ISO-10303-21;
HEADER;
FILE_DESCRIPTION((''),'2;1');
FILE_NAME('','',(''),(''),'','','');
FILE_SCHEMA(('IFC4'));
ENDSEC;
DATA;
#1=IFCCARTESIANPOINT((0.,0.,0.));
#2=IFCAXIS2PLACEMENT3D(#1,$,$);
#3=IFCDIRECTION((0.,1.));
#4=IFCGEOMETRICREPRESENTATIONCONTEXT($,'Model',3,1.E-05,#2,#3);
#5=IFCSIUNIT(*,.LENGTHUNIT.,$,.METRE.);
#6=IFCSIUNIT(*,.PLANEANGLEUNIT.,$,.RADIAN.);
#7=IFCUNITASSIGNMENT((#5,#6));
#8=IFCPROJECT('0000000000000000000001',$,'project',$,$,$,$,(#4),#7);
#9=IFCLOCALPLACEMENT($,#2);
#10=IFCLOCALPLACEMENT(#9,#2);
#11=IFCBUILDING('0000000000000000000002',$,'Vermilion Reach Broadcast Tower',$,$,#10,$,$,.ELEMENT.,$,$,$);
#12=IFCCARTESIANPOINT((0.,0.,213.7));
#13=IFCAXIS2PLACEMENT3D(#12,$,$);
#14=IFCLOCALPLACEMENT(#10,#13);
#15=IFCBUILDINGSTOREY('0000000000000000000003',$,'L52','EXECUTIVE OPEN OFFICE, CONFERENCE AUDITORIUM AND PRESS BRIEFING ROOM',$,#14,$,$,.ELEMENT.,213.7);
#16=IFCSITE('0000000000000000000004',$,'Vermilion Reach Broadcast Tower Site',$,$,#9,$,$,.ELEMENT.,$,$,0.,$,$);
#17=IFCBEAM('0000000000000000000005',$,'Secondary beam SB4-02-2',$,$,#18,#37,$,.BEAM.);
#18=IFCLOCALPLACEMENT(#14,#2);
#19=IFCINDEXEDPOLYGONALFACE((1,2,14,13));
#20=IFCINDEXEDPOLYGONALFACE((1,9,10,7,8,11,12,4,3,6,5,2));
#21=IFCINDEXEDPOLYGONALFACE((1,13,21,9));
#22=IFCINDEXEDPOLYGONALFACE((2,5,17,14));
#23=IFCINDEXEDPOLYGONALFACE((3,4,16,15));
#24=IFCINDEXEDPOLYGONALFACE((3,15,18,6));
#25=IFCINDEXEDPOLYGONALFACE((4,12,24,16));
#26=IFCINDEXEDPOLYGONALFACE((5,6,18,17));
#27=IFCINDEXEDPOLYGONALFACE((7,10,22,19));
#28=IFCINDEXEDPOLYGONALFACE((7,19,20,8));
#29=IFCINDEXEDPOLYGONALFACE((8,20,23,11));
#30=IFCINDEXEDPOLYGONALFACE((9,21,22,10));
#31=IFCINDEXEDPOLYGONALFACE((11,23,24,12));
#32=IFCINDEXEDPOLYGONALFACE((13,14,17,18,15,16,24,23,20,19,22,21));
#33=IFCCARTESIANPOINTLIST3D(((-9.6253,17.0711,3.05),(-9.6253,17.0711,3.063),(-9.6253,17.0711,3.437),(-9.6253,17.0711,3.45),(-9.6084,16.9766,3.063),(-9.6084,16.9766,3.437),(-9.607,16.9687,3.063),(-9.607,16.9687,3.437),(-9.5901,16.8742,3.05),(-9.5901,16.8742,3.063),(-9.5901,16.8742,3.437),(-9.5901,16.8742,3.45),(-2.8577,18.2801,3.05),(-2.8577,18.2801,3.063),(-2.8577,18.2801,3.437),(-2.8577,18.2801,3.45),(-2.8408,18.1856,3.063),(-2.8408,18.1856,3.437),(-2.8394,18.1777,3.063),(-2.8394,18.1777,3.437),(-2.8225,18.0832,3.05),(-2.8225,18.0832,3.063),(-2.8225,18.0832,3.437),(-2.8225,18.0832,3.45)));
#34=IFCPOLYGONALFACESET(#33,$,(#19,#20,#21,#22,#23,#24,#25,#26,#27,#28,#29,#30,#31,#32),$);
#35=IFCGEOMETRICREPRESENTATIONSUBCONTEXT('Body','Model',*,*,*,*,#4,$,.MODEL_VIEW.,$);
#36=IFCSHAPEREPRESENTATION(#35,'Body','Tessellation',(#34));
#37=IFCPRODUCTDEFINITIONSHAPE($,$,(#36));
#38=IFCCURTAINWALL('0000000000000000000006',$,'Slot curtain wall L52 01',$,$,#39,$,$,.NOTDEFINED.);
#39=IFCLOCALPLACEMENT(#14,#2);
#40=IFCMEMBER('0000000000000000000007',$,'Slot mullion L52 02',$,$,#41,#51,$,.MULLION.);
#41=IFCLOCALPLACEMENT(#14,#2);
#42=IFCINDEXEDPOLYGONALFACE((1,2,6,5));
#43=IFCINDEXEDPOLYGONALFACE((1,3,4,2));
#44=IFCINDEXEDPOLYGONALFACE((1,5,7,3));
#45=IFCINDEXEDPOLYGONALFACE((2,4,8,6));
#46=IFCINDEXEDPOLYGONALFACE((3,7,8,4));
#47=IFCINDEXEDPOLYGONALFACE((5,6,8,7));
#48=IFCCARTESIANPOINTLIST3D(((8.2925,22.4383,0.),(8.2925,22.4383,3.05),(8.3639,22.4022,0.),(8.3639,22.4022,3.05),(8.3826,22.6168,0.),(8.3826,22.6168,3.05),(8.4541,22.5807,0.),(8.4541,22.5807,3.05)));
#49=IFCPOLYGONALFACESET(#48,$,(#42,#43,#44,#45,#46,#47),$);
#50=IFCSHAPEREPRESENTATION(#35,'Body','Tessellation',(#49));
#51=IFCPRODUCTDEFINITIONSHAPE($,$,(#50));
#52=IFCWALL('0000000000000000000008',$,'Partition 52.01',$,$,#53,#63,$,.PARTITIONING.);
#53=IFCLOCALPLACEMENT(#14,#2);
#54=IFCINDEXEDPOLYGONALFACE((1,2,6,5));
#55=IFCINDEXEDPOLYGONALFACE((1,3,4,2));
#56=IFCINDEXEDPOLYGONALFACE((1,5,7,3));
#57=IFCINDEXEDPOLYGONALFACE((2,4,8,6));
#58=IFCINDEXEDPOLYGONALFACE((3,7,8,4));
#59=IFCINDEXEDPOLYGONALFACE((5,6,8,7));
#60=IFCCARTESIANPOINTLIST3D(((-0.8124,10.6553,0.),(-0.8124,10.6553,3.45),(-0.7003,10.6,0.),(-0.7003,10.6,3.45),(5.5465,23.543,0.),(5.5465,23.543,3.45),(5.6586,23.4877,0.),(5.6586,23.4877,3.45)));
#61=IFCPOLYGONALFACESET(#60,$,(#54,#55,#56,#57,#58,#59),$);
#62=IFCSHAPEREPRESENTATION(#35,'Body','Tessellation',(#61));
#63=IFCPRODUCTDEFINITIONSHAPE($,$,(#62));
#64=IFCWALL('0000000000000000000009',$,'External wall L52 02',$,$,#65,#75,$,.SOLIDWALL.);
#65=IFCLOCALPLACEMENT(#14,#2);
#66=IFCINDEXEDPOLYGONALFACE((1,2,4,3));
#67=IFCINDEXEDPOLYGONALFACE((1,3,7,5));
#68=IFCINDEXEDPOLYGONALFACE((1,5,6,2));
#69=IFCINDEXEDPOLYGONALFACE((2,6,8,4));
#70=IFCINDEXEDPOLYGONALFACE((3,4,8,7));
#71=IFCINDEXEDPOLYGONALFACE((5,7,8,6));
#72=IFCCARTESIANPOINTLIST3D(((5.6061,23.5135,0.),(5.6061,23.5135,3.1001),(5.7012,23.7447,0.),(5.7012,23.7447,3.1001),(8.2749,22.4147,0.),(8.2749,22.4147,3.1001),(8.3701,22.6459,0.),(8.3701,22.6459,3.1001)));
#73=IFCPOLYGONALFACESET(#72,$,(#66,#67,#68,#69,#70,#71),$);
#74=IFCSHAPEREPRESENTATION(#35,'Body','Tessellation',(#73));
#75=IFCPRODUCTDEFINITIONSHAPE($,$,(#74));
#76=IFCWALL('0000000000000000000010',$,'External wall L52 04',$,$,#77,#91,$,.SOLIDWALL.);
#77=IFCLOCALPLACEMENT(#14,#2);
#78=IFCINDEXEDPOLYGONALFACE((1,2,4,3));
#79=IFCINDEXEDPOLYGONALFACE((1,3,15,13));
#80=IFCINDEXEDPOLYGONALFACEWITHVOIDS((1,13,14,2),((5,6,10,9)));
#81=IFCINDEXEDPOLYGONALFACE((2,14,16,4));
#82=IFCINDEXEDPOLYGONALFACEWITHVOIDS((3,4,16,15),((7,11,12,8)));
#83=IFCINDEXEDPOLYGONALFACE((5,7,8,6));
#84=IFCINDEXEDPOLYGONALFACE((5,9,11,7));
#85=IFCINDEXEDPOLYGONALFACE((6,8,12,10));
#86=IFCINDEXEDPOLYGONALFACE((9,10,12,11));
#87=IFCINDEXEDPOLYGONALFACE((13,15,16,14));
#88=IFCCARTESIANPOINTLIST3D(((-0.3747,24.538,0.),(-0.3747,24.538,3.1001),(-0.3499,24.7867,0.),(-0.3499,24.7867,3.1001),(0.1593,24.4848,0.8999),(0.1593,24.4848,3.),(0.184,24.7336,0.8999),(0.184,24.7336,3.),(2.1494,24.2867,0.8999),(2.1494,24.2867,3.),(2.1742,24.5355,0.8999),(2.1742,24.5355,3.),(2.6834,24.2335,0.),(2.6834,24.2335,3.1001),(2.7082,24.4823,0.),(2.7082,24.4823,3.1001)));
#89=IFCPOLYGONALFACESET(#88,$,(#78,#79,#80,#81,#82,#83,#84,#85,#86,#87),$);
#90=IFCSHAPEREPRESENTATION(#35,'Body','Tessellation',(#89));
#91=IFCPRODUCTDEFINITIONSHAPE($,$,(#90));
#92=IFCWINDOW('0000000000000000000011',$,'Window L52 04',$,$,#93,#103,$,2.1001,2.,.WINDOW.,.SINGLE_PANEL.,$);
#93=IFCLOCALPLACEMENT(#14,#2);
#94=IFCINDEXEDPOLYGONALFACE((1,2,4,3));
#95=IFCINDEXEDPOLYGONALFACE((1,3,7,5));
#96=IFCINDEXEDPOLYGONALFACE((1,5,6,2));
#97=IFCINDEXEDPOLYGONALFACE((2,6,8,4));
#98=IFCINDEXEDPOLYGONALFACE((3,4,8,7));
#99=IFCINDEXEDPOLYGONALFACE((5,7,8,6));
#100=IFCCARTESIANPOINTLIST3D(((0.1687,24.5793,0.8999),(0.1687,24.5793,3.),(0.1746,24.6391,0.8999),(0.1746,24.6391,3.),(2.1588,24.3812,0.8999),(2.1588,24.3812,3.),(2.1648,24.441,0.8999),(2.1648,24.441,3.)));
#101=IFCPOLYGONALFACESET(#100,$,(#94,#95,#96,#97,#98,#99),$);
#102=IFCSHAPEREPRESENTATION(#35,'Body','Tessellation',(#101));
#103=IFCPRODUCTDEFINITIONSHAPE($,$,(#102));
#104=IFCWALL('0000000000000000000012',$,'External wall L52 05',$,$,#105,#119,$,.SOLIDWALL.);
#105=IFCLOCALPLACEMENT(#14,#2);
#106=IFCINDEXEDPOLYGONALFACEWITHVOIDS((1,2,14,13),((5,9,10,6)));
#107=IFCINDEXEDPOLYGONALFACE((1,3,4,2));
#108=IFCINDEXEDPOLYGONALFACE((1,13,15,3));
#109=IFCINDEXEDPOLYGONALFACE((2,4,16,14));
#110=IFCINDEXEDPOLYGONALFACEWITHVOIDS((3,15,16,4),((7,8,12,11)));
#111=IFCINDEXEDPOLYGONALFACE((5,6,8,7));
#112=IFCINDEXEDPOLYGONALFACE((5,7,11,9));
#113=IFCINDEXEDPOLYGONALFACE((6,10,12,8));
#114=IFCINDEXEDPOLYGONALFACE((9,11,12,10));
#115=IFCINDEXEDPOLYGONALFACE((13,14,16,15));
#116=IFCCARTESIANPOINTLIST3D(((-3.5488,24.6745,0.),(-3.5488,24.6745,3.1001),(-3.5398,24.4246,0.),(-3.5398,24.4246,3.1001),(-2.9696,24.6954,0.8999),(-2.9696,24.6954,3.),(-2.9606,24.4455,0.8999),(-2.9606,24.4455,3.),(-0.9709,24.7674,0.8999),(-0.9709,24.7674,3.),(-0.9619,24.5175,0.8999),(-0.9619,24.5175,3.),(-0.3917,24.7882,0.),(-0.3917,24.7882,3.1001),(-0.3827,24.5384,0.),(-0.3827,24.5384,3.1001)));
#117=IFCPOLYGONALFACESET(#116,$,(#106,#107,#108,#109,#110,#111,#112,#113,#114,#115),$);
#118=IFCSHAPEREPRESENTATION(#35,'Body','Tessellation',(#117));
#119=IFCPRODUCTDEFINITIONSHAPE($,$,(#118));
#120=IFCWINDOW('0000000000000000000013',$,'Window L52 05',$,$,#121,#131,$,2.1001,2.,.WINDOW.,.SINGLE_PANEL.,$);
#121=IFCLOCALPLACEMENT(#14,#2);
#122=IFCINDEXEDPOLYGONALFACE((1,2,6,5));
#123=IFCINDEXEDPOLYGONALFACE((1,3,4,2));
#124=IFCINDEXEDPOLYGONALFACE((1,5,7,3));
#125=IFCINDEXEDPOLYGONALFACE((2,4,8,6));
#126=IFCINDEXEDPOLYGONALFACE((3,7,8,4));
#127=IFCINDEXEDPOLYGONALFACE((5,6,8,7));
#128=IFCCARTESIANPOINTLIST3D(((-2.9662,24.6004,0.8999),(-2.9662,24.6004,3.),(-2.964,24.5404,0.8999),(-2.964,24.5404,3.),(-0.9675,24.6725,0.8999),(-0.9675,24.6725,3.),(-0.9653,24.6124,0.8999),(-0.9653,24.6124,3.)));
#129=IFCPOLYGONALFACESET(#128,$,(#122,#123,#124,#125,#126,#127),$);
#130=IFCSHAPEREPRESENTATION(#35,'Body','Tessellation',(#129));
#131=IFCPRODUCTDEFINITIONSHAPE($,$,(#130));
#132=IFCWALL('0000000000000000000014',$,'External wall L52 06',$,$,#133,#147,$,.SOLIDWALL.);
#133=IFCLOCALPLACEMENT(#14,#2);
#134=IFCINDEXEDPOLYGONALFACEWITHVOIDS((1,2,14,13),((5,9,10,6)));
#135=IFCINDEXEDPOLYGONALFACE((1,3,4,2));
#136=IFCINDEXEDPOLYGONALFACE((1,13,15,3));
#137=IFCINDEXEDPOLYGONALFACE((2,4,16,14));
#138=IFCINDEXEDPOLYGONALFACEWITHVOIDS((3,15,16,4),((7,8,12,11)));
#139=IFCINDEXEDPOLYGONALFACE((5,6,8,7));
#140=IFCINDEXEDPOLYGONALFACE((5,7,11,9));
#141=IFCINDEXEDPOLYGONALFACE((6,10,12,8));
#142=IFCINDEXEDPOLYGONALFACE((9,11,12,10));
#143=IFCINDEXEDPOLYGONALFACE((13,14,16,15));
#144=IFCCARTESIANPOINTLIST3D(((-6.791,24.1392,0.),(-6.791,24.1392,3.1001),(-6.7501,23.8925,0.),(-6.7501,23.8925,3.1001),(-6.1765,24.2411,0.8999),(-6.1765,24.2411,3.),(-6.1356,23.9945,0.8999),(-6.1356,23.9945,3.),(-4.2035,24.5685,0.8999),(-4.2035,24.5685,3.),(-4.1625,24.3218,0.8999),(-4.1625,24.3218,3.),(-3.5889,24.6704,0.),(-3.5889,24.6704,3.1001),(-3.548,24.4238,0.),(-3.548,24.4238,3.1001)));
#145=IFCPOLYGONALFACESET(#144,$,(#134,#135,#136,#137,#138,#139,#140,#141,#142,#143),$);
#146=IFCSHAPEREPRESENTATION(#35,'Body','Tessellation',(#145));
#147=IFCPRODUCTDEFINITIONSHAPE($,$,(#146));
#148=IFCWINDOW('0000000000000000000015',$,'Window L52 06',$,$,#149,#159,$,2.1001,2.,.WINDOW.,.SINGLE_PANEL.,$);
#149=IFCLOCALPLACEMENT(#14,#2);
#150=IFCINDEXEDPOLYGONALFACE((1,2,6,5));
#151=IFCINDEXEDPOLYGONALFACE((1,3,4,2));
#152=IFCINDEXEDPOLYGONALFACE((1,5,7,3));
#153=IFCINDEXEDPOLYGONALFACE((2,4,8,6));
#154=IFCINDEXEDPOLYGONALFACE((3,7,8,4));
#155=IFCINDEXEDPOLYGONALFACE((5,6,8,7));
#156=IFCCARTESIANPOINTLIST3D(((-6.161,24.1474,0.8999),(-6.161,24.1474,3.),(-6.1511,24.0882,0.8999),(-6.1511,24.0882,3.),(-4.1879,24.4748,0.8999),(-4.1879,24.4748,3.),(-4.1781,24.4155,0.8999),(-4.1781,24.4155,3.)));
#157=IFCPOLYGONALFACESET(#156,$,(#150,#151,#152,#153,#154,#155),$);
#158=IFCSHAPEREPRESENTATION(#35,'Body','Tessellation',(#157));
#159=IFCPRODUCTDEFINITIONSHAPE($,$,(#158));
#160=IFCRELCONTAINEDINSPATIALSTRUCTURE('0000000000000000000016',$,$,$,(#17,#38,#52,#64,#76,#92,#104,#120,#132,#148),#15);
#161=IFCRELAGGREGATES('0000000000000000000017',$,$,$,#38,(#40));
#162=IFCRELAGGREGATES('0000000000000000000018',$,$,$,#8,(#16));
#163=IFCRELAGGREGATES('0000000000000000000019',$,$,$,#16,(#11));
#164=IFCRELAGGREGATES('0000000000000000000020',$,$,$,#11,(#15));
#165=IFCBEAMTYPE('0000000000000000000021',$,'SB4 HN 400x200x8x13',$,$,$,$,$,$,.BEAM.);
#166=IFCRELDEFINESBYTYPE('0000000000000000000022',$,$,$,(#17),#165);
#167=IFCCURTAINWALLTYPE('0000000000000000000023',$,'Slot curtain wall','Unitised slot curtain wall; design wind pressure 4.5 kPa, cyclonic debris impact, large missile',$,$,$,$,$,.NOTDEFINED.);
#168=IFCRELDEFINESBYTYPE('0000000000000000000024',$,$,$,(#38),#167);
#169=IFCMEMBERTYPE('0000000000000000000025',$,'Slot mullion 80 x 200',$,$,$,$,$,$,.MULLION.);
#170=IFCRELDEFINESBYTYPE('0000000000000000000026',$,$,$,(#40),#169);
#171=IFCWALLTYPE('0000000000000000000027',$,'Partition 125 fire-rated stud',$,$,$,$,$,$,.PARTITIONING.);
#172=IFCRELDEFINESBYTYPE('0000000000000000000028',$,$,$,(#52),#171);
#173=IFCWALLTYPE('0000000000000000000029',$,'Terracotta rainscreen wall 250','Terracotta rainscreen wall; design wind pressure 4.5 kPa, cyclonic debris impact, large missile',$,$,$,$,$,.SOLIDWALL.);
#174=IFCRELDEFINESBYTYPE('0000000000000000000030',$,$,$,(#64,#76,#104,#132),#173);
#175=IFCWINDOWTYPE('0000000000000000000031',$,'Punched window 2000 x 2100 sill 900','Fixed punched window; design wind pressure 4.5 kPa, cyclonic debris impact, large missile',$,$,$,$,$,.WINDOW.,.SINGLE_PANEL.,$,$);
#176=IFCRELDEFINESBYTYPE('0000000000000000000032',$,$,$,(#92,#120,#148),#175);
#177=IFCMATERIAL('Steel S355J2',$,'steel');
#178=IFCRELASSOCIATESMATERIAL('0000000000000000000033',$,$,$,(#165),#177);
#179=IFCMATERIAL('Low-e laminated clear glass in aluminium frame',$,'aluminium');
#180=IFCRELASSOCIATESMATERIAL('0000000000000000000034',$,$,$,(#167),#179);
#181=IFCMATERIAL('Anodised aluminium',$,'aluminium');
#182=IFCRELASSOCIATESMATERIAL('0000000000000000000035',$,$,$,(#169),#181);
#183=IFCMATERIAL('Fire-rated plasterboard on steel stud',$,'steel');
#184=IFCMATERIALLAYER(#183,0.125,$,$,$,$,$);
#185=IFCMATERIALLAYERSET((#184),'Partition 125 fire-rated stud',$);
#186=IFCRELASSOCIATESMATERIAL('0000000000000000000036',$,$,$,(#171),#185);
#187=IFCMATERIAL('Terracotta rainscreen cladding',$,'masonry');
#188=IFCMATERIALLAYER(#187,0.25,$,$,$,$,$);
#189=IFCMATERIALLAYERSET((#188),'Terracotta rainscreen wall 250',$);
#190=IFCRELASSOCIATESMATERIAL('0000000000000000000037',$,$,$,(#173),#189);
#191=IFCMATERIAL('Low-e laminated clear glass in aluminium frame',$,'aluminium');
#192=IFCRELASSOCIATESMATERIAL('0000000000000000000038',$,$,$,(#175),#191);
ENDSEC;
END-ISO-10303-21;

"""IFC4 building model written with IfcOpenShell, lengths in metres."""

from ifc_helpers import new_model, si_unit, direction, frame, frame_2d, origin, origin_2d, place, context, subcontext, project, spatial, rectangle, i_section, extrude, material, layer, layer_set, material_profile, profile_set, type_object, element, fill, aggregate, save


model = new_model("IFC4")

# Units and contexts
model_context = context("Model", 3, precision=1e-05, world=origin(), true_north=direction((0.0, 1.0)))
body_context = subcontext(model_context, "Body", "Model", "MODEL_VIEW")
ifc_project = project(units=[si_unit("LENGTHUNIT", "METRE"), si_unit("PLANEANGLEUNIT", "RADIAN")], contexts=[model_context])

# Site, building, storey
site_placement = place(None, origin())
site = spatial("IfcSite", under=ifc_project, at=site_placement, Name="Vermilion Reach Broadcast Tower Site", CompositionType="ELEMENT", RefElevation=0.0)
building_placement = place(site_placement, origin())
building = spatial("IfcBuilding", under=site, at=building_placement, Name="Vermilion Reach Broadcast Tower", CompositionType="ELEMENT")
storey_placement = place(building_placement, frame((0.0, 0.0, 213.7)))
storey = spatial("IfcBuildingStorey", under=building, at=storey_placement, Name="L52", Description="EXECUTIVE OPEN OFFICE, CONFERENCE AUDITORIUM AND PRESS BRIEFING ROOM", CompositionType="ELEMENT", Elevation=213.7)

# Beam
ifc_material_1 = material(Name="Steel S355J2", Category="steel")
ifc_material_profile_1 = material_profile(ifc_material_1, i_section(OverallWidth=0.2, OverallDepth=0.3999, WebThickness=0.0081, FlangeThickness=0.0129, at=origin_2d()), Name="S355J2 HN 400x200x8x13")
ifc_profile_set_1 = profile_set([ifc_material_profile_1], Name="Steel S355J2")
beam_type_1 = type_object("IfcBeamType", Name="SB4 HN 400x200x8x13", PredefinedType="BEAM", material=ifc_profile_set_1)
beam_1_placement = place(storey_placement, frame((-2.8401, 18.1816, 3.25), z_axis=(-0.984415, -0.175859, 0.0), x_axis=(0.175859, -0.984415, 0.0)))
element("IfcBeam", 1, at=beam_1_placement, inside=storey, type_object=beam_type_1, Name="Secondary beam SB4-02-2", PredefinedType="BEAM", context=body_context, shape_type="SweptSolid", body=[
    extrude(i_section(OverallWidth=0.2, OverallDepth=0.3999, WebThickness=0.0081, FlangeThickness=0.0129, at=origin_2d()), origin(), (0.0, 0.0, 1.0), 6.8748),
])

# Curtain wall, member
ifc_material_2 = material(Name="Low-e laminated clear glass in aluminium frame", Category="aluminium")
curtain_wall_type = type_object("IfcCurtainWallType", Name="Slot curtain wall", Description="Unitised slot curtain wall; design wind pressure 4.5 kPa, cyclonic debris impact, large missile", PredefinedType="NOTDEFINED", material=ifc_material_2)
curtain_wall_placement = place(storey_placement, origin())
curtain_wall = element("IfcCurtainWall", 2, at=curtain_wall_placement, inside=storey, type_object=curtain_wall_type, Name="Slot curtain wall L52 01", PredefinedType="NOTDEFINED")
ifc_material_3 = material(Name="Anodised aluminium", Category="aluminium")
ifc_material_profile_2 = material_profile(ifc_material_3, rectangle(XDim=0.2, YDim=0.0801, at=origin_2d()), Name="Slot mullion 80 x 200")
ifc_profile_set_2 = profile_set([ifc_material_profile_2], Name="Anodised aluminium")
member_type = type_object("IfcMemberType", Name="Slot mullion 80 x 200", PredefinedType="MULLION", material=ifc_profile_set_2)
member_placement = place(storey_placement, frame((8.3733, 22.5095, 0.0), z_axis=(0.0, 0.0, 1.0), x_axis=(-0.450979, -0.892534, 0.0)))
member = element("IfcMember", 3, at=member_placement, type_object=member_type, Name="Slot mullion L52 02", PredefinedType="MULLION", context=body_context, shape_type="SweptSolid", body=[
    extrude(rectangle(XDim=0.2, YDim=0.0801, at=origin_2d()), origin(), (0.0, 0.0, 1.0), 3.05),
])
aggregate(curtain_wall, [member])

# Walls
ifc_material_4 = material(Name="Fire-rated plasterboard on steel stud", Category="steel")
ifc_layer_1 = layer(ifc_material_4, 0.125)
ifc_layer_set_1 = layer_set([ifc_layer_1], Name="Partition 125 fire-rated stud")
wall_type_1 = type_object("IfcWallType", Name="Partition 125 fire-rated stud", PredefinedType="PARTITIONING", material=ifc_layer_set_1)
wall_1_placement = place(storey_placement, frame((5.6025, 23.5154, 0.0), z_axis=(0.0, 0.0, 1.0), x_axis=(-0.442478, -0.896779, 0.0)))
element("IfcWall", 4, at=wall_1_placement, inside=storey, type_object=wall_type_1, Name="Partition 52.01", PredefinedType="PARTITIONING", context=body_context, shape_type="SweptSolid", body=[
    extrude(rectangle(XDim=14.3711, YDim=0.125, at=frame_2d((7.1855, 0.0))), origin(), (0.0, 0.0, 1.0), 3.45),
])
ifc_material_5 = material(Name="Terracotta rainscreen cladding", Category="masonry")
ifc_layer_2 = layer(ifc_material_5, 0.25)
ifc_layer_set_2 = layer_set([ifc_layer_2], Name="Terracotta rainscreen wall 250")
wall_type_2 = type_object("IfcWallType", Name="Terracotta rainscreen wall 250", Description="Terracotta rainscreen wall; design wind pressure 4.5 kPa, cyclonic debris impact, large missile", PredefinedType="SOLIDWALL", material=ifc_layer_set_2)
wall_2_placement = place(storey_placement, frame((8.3225, 22.5303, 0.0), z_axis=(0.0, 0.0, 1.0), x_axis=(-0.92469, 0.38072, 0.0)))
element("IfcWall", 5, at=wall_2_placement, inside=storey, type_object=wall_type_2, Name="External wall L52 02", PredefinedType="SOLIDWALL", context=body_context, shape_type="SweptSolid", body=[
    extrude(rectangle(XDim=2.8862, YDim=0.25, at=frame_2d((1.4431, 0.0))), origin(), (0.0, 0.0, 1.0), 3.1001),
])

# Walls, openings, windows
wall_3_placement = place(storey_placement, frame((2.6958, 24.3579, 0.0), z_axis=(0.0, 0.0, 1.0), x_axis=(-0.995081, 0.099063, 0.0)))
wall_3 = element("IfcWall", 6, at=wall_3_placement, inside=storey, type_object=wall_type_2, Name="External wall L52 04", PredefinedType="SOLIDWALL", context=body_context, shape_type="SweptSolid", body=[
    extrude(rectangle(XDim=3.0732, YDim=0.25, at=frame_2d((1.5366, 0.0))), origin(), (0.0, 0.0, 1.0), 3.1001),
])
opening_1_placement = place(wall_3_placement, frame((0.5366, 0.0, 0.8999)))
opening_1 = element("IfcOpeningElement", 7, at=opening_1_placement, cuts=wall_3, PredefinedType="OPENING", context=body_context, shape_type="SweptSolid", body=[
    extrude(rectangle(XDim=2.0, YDim=2.1001, at=frame_2d((1.0, 1.05))), frame((0.0, 0.135, 0.0), z_axis=(0.0, -1.0, 0.0), x_axis=(1.0, 0.0, 0.0)), (0.0, 0.0, 1.0), 0.27),
])
ifc_material_6 = material(Name="Low-e laminated clear glass in aluminium frame", Category="aluminium")
window_type = type_object("IfcWindowType", Name="Punched window 2000 x 2100 sill 900", Description="Fixed punched window; design wind pressure 4.5 kPa, cyclonic debris impact, large missile", PartitioningType="SINGLE_PANEL", PredefinedType="WINDOW", material=ifc_material_6)
window_1_placement = place(opening_1_placement, origin())
window_1 = element("IfcWindow", 8, at=window_1_placement, inside=storey, type_object=window_type, Name="Window L52 04", OverallHeight=2.1001, OverallWidth=2.0, PartitioningType="SINGLE_PANEL", PredefinedType="WINDOW", context=body_context, shape_type="SweptSolid", body=[
    extrude(rectangle(XDim=2.0, YDim=2.1001, at=frame_2d((1.0, 1.05))), frame((0.0, 0.03, 0.0), z_axis=(0.0, -1.0, 0.0), x_axis=(1.0, 0.0, 0.0)), (0.0, 0.0, 1.0), 0.0601),
])
fill(opening_1, window_1)
wall_4_placement = place(storey_placement, frame((-0.3872, 24.6633, 0.0), z_axis=(0.0, 0.0, 1.0), x_axis=(-0.999351, -0.036011, 0.0)))
wall_4 = element("IfcWall", 9, at=wall_4_placement, inside=storey, type_object=wall_type_2, Name="External wall L52 05", PredefinedType="SOLIDWALL", context=body_context, shape_type="SweptSolid", body=[
    extrude(rectangle(XDim=3.1592, YDim=0.25, at=frame_2d((1.5796, 0.0))), origin(), (0.0, 0.0, 1.0), 3.1001),
])
opening_2_placement = place(wall_4_placement, frame((0.5796, 0.0, 0.8999)))
opening_2 = element("IfcOpeningElement", 10, at=opening_2_placement, cuts=wall_4, PredefinedType="OPENING", context=body_context, shape_type="SweptSolid", body=[
    extrude(rectangle(XDim=2.0, YDim=2.1001, at=frame_2d((1.0, 1.05))), frame((0.0, 0.135, 0.0), z_axis=(0.0, -1.0, 0.0), x_axis=(1.0, 0.0, 0.0)), (0.0, 0.0, 1.0), 0.27),
])
window_2_placement = place(opening_2_placement, origin())
window_2 = element("IfcWindow", 11, at=window_2_placement, inside=storey, type_object=window_type, Name="Window L52 05", OverallHeight=2.1001, OverallWidth=2.0, PartitioningType="SINGLE_PANEL", PredefinedType="WINDOW", context=body_context, shape_type="SweptSolid", body=[
    extrude(rectangle(XDim=2.0, YDim=2.1001, at=frame_2d((1.0, 1.05))), frame((0.0, 0.03, 0.0), z_axis=(0.0, -1.0, 0.0), x_axis=(1.0, 0.0, 0.0)), (0.0, 0.0, 1.0), 0.0601),
])
fill(opening_2, window_2)
wall_5_placement = place(storey_placement, frame((-3.5684, 24.5471, 0.0), z_axis=(0.0, 0.0, 1.0), x_axis=(-0.986516, -0.163667, 0.0)))
wall_5 = element("IfcWall", 12, at=wall_5_placement, inside=storey, type_object=wall_type_2, Name="External wall L52 06", PredefinedType="SOLIDWALL", context=body_context, shape_type="SweptSolid", body=[
    extrude(rectangle(XDim=3.2458, YDim=0.25, at=frame_2d((1.623, 0.0))), origin(), (0.0, 0.0, 1.0), 3.1001),
])
opening_3_placement = place(wall_5_placement, frame((0.623, 0.0, 0.8999)))
opening_3 = element("IfcOpeningElement", 13, at=opening_3_placement, cuts=wall_5, PredefinedType="OPENING", context=body_context, shape_type="SweptSolid", body=[
    extrude(rectangle(XDim=2.0, YDim=2.1001, at=frame_2d((1.0, 1.05))), frame((0.0, 0.135, 0.0), z_axis=(0.0, -1.0, 0.0), x_axis=(1.0, 0.0, 0.0)), (0.0, 0.0, 1.0), 0.27),
])
window_3_placement = place(opening_3_placement, origin())
window_3 = element("IfcWindow", 14, at=window_3_placement, inside=storey, type_object=window_type, Name="Window L52 06", OverallHeight=2.1001, OverallWidth=2.0, PartitioningType="SINGLE_PANEL", PredefinedType="WINDOW", context=body_context, shape_type="SweptSolid", body=[
    extrude(rectangle(XDim=2.0, YDim=2.1001, at=frame_2d((1.0, 1.05))), frame((0.0, 0.03, 0.0), z_axis=(0.0, -1.0, 0.0), x_axis=(1.0, 0.0, 0.0)), (0.0, 0.0, 1.0), 0.0601),
])
fill(opening_3, window_3)

save(model, "model.ifc")
